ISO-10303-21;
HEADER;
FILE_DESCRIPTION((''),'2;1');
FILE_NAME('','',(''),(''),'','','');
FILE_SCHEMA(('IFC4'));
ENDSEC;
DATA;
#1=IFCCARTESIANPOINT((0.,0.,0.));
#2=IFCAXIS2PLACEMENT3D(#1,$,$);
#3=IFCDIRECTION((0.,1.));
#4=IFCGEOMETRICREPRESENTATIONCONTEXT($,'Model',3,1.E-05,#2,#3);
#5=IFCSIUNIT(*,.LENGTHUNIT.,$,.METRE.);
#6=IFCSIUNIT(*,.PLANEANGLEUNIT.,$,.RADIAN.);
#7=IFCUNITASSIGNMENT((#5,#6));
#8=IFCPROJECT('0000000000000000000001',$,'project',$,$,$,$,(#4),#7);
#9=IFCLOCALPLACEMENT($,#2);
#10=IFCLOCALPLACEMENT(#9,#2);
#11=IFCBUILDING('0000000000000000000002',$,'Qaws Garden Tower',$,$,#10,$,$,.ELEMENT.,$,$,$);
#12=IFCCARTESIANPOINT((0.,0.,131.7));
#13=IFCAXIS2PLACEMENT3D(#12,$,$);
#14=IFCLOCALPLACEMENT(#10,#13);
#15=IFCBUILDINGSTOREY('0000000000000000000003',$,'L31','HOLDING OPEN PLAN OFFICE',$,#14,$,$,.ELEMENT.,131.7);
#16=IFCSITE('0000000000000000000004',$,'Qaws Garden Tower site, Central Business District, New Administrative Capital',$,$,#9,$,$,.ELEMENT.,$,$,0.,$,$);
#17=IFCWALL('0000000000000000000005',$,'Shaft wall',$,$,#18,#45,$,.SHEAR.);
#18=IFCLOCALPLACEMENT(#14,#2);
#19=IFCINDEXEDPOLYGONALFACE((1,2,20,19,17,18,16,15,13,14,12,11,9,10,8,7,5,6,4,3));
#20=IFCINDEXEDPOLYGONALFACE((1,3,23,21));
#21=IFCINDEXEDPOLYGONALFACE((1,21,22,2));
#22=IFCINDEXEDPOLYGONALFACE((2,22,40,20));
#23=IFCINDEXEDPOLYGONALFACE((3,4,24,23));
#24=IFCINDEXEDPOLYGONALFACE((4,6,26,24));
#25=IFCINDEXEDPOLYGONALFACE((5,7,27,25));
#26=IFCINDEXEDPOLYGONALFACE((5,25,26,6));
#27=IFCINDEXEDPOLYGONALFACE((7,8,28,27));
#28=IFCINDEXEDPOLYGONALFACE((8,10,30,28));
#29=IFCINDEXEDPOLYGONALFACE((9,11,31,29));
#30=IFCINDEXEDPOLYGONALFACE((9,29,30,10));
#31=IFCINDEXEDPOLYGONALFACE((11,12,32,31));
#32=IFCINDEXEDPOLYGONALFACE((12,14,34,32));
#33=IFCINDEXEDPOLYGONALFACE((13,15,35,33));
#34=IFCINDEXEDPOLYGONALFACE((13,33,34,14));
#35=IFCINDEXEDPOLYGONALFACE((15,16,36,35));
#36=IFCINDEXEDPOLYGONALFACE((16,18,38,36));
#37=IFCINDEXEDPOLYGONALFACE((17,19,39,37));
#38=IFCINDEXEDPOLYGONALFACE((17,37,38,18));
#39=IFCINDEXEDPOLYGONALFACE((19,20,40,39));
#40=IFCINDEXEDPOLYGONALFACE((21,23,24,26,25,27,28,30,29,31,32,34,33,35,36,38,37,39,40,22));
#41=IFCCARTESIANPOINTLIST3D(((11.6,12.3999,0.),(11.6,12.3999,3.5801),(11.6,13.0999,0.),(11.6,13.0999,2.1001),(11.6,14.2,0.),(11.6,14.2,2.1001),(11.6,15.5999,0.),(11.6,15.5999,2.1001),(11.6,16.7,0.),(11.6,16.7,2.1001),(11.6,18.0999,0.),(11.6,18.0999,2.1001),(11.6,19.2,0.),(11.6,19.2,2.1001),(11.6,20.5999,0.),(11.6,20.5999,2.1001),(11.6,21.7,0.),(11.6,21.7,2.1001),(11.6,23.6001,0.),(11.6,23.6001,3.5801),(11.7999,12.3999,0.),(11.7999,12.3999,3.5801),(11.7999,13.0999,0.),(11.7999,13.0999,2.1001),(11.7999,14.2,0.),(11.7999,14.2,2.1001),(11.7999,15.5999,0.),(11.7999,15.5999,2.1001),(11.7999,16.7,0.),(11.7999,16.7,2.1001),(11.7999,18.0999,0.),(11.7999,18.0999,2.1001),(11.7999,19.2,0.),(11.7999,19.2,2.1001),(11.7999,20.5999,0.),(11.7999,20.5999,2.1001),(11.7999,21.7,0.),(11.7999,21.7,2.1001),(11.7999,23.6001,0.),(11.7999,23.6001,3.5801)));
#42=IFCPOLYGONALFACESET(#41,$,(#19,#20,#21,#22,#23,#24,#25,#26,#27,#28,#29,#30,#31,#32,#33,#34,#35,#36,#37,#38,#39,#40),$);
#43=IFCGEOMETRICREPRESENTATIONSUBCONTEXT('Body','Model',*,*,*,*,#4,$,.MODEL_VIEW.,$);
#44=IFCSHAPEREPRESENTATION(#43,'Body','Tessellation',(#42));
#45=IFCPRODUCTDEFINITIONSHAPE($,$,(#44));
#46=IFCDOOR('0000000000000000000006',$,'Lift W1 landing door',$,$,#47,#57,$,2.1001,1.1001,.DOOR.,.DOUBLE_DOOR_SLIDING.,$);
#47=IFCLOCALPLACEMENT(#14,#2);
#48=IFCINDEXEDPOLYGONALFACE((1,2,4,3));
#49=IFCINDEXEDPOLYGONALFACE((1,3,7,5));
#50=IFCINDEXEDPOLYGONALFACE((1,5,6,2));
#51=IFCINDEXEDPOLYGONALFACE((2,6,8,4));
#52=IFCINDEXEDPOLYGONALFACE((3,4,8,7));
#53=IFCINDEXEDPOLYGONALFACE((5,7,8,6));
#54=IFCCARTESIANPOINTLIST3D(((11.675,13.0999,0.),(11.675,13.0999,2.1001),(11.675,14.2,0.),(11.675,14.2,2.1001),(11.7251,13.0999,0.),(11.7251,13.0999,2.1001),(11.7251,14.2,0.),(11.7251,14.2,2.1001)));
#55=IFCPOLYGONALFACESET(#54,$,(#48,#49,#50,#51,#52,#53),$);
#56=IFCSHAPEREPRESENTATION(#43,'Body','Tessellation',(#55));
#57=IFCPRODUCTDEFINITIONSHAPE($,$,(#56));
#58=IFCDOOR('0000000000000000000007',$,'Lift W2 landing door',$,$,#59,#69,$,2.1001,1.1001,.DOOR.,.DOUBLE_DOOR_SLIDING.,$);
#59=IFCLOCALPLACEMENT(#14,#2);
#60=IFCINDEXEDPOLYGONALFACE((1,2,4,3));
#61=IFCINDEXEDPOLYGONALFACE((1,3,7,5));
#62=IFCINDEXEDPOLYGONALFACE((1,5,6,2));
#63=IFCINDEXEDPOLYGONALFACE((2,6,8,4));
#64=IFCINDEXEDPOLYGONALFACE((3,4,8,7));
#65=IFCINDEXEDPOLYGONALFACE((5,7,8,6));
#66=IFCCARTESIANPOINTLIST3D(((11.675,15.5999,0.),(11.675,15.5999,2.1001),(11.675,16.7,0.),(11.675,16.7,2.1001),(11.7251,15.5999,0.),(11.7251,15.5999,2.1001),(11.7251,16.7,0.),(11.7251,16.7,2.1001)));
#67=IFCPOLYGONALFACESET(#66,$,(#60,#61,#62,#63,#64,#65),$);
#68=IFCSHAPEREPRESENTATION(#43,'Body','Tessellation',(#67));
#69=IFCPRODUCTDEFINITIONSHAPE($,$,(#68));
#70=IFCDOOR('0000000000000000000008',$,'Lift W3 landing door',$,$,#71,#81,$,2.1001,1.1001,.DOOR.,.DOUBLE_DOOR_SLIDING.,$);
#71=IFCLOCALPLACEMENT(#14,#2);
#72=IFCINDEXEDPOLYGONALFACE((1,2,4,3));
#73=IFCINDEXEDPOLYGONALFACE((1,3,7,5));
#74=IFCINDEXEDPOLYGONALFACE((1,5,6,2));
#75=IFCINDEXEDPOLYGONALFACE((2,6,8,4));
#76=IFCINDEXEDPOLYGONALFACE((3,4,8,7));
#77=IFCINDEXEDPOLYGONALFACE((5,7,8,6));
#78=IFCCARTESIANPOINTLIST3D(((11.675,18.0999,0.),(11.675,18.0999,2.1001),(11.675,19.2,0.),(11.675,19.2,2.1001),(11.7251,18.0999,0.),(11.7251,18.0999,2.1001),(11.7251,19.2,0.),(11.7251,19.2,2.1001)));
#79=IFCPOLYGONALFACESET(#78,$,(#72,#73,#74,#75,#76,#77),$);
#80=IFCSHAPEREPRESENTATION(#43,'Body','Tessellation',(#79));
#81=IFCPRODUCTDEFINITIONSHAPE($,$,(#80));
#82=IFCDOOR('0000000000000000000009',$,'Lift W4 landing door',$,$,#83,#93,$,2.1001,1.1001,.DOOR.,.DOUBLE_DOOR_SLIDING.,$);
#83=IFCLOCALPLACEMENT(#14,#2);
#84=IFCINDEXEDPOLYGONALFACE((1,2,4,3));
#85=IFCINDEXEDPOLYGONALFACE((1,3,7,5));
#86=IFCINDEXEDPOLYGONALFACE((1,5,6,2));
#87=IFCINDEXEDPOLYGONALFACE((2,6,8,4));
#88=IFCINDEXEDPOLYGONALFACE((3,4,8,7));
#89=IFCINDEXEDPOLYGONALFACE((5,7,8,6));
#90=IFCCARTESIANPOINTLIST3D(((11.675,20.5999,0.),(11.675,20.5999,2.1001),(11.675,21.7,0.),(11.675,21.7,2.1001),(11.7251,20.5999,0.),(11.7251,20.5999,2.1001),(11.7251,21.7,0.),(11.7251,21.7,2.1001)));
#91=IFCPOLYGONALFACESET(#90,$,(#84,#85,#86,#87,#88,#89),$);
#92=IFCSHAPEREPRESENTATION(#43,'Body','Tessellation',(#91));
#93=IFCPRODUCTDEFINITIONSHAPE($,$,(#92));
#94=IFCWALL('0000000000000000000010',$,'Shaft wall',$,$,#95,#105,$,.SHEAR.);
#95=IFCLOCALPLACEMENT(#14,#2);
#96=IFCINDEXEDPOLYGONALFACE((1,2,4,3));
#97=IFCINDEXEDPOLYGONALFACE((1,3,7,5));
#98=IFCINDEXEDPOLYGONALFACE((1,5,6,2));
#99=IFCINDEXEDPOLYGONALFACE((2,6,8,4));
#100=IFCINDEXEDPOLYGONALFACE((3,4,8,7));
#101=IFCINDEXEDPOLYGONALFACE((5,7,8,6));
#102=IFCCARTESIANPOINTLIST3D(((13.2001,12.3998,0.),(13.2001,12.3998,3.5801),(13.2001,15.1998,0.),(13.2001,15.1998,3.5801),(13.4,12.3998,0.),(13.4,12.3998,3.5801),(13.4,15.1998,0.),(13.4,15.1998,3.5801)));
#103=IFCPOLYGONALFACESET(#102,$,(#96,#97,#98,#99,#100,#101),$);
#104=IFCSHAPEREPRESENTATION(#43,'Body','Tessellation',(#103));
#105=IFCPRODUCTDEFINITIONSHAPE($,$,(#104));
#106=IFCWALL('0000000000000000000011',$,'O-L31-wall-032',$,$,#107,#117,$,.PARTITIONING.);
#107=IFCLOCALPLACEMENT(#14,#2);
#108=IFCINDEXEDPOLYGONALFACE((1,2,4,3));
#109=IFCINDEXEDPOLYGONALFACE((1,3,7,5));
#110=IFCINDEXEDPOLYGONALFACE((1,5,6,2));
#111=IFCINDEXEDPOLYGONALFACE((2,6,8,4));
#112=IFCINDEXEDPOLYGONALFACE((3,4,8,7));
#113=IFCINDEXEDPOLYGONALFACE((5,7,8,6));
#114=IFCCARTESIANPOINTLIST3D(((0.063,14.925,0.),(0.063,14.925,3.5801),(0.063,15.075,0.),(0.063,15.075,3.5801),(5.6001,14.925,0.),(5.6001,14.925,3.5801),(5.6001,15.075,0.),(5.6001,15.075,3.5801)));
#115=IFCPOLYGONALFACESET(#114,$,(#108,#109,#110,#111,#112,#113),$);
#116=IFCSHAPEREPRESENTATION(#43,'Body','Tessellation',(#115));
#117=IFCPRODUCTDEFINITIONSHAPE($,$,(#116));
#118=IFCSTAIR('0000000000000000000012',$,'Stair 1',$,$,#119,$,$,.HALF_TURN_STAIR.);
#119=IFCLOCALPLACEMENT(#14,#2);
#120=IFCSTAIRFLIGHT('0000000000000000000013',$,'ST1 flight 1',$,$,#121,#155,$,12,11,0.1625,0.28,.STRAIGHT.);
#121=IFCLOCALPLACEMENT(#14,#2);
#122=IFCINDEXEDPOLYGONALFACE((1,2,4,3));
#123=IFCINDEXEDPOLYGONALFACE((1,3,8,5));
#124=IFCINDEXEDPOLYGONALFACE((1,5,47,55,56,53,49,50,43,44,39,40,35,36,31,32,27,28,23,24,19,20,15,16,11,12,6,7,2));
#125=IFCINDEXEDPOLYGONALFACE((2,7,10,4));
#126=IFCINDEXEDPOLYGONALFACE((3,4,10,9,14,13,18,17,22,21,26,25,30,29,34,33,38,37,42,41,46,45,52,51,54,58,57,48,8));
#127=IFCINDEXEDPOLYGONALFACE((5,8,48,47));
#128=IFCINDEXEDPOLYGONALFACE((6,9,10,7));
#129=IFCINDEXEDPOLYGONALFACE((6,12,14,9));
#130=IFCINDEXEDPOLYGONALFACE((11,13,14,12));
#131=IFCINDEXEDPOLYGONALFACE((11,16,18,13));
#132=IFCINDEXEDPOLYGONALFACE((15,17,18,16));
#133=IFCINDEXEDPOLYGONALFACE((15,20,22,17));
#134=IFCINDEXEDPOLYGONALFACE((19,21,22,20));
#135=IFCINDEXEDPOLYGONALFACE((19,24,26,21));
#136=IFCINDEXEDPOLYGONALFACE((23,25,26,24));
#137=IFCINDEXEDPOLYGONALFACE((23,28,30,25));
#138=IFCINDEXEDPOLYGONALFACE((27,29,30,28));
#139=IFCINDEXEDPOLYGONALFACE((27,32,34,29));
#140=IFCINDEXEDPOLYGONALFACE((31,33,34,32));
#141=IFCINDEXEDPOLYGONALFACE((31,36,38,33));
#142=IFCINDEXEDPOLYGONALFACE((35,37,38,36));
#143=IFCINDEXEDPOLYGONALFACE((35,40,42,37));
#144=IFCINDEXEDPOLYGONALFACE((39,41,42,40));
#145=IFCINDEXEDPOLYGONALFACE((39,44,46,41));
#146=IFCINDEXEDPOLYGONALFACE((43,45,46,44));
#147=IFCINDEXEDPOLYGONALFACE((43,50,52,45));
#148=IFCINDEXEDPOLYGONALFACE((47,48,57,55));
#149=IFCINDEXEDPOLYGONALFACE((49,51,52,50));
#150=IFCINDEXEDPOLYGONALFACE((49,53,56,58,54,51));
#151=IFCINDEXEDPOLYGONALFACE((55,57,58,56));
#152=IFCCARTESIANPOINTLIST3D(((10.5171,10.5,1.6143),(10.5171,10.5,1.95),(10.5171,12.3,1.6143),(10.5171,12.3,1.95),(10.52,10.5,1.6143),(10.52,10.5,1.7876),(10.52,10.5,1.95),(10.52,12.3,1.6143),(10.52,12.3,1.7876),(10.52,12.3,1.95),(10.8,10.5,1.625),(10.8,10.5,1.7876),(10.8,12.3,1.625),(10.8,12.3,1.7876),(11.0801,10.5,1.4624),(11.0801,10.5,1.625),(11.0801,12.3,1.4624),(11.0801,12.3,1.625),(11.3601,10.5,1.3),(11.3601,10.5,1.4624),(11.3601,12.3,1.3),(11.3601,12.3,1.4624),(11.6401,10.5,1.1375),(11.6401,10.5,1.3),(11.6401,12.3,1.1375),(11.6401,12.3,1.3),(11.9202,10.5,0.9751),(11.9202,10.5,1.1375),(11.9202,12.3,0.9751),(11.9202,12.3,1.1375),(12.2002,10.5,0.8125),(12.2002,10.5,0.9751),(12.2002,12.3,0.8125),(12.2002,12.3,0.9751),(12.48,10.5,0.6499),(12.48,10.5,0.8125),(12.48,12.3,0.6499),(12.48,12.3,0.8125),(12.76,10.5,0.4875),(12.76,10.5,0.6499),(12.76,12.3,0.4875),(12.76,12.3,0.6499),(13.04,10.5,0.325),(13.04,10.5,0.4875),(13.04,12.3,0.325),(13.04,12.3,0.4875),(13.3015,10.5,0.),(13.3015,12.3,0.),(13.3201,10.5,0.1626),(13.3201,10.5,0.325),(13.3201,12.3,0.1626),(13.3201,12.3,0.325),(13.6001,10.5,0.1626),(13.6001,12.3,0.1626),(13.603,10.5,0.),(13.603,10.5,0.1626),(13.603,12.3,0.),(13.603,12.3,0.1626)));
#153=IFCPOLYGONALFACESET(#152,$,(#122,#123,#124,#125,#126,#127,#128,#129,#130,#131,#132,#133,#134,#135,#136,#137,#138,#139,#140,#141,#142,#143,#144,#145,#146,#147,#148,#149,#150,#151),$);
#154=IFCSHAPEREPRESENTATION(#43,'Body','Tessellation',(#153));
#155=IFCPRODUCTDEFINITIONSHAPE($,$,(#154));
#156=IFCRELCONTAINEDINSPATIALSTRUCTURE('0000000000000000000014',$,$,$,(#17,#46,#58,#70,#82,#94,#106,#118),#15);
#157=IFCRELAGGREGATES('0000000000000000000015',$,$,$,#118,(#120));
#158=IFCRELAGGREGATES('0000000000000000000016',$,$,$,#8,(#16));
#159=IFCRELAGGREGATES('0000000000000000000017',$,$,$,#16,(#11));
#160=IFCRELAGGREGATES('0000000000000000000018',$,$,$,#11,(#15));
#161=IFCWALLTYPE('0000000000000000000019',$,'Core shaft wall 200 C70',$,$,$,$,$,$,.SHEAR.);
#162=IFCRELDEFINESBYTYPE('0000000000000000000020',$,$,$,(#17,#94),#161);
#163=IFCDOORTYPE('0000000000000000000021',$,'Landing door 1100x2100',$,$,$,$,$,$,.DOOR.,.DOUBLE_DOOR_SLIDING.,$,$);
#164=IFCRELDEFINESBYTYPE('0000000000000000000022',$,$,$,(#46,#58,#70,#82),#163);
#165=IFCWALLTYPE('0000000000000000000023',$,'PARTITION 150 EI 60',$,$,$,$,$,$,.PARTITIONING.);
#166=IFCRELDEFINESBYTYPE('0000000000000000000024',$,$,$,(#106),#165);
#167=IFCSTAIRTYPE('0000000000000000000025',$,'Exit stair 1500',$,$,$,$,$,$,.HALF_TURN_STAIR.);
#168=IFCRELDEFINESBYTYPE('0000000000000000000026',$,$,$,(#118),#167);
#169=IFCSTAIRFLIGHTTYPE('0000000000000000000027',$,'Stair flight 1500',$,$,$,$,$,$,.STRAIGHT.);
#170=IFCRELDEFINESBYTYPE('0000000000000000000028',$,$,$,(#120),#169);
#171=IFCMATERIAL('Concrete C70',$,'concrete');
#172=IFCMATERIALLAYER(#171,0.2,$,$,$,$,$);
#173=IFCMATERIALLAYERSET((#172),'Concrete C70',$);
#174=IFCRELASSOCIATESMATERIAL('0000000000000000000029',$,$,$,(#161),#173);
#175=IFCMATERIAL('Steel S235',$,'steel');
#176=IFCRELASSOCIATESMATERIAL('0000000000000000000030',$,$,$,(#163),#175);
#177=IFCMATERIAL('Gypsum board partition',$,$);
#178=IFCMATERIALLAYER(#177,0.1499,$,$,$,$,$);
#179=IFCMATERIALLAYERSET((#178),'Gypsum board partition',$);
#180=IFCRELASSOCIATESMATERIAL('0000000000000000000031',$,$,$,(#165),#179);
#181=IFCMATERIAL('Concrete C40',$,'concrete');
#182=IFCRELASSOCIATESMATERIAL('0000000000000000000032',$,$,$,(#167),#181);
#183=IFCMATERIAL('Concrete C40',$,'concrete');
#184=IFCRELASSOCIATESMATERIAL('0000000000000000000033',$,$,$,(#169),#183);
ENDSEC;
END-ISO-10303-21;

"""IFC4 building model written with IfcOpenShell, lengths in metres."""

from ifc_helpers import new_model, si_unit, direction, frame, frame_2d, origin, place, context, subcontext, project, spatial, polyline, rectangle, outline, extrude, material, layer, layer_set, type_object, element, fill, aggregate, save


model = new_model("IFC4")

# Units and contexts
model_context = context("Model", 3, precision=1e-05, world=origin(), true_north=direction((0.0, 1.0)))
body_context = subcontext(model_context, "Body", "Model", "MODEL_VIEW")
ifc_project = project(units=[si_unit("LENGTHUNIT", "METRE"), si_unit("PLANEANGLEUNIT", "RADIAN")], contexts=[model_context])

# Site, building, storey
site_placement = place(None, origin())
site = spatial("IfcSite", under=ifc_project, at=site_placement, Name="Qaws Garden Tower site, Central Business District, New Administrative Capital", CompositionType="ELEMENT", RefElevation=0.0)
building_placement = place(site_placement, origin())
building = spatial("IfcBuilding", under=site, at=building_placement, Name="Qaws Garden Tower", CompositionType="ELEMENT")
storey_placement = place(building_placement, frame((0.0, 0.0, 131.7)))
storey = spatial("IfcBuildingStorey", under=building, at=storey_placement, Name="L31", Description="HOLDING OPEN PLAN OFFICE", CompositionType="ELEMENT", Elevation=131.7)

# Shared definitions
ifc_material_1 = material(Name="Concrete C70", Category="concrete")
ifc_layer_1 = layer(ifc_material_1, 0.2)
ifc_layer_set_1 = layer_set([ifc_layer_1], Name="Concrete C70")
wall_type_1 = type_object("IfcWallType", Name="Core shaft wall 200 C70", PredefinedType="SHEAR", material=ifc_layer_set_1)

# Wall, openings, doors
wall_1_placement = place(storey_placement, frame((11.7, 12.3999, 0.0), z_axis=(0.0, 0.0, 1.0), x_axis=(0.0, 1.0, 0.0)))
wall_1 = element("IfcWall", 1, at=wall_1_placement, inside=storey, type_object=wall_type_1, Name="Shaft wall", PredefinedType="SHEAR", context=body_context, shape_type="SweptSolid", body=[
    extrude(rectangle(XDim=11.2002, YDim=0.2, at=frame_2d((5.6001, 0.0))), origin(), (0.0, 0.0, 1.0), 3.5801),
])
opening_1_placement = place(wall_1_placement, frame((0.7, 0.0, 0.0)))
opening_1 = element("IfcOpeningElement", 2, at=opening_1_placement, cuts=wall_1, PredefinedType="OPENING", context=body_context, shape_type="SweptSolid", body=[
    extrude(rectangle(XDim=1.1001, YDim=2.1001, at=frame_2d((0.55, 1.05))), frame((0.0, 0.1099, 0.0), z_axis=(0.0, -1.0, 0.0), x_axis=(1.0, 0.0, 0.0)), (0.0, 0.0, 1.0), 0.22),
])
opening_2_placement = place(wall_1_placement, frame((3.2, 0.0, 0.0)))
opening_2 = element("IfcOpeningElement", 3, at=opening_2_placement, cuts=wall_1, PredefinedType="OPENING", context=body_context, shape_type="SweptSolid", body=[
    extrude(rectangle(XDim=1.1001, YDim=2.1001, at=frame_2d((0.55, 1.05))), frame((0.0, 0.1099, 0.0), z_axis=(0.0, -1.0, 0.0), x_axis=(1.0, 0.0, 0.0)), (0.0, 0.0, 1.0), 0.22),
])
opening_3_placement = place(wall_1_placement, frame((5.7, 0.0, 0.0)))
opening_3 = element("IfcOpeningElement", 4, at=opening_3_placement, cuts=wall_1, PredefinedType="OPENING", context=body_context, shape_type="SweptSolid", body=[
    extrude(rectangle(XDim=1.1001, YDim=2.1001, at=frame_2d((0.55, 1.05))), frame((0.0, 0.1099, 0.0), z_axis=(0.0, -1.0, 0.0), x_axis=(1.0, 0.0, 0.0)), (0.0, 0.0, 1.0), 0.22),
])
opening_4_placement = place(wall_1_placement, frame((8.2, 0.0, 0.0)))
opening_4 = element("IfcOpeningElement", 5, at=opening_4_placement, cuts=wall_1, PredefinedType="OPENING", context=body_context, shape_type="SweptSolid", body=[
    extrude(rectangle(XDim=1.1001, YDim=2.1001, at=frame_2d((0.55, 1.05))), frame((0.0, 0.1099, 0.0), z_axis=(0.0, -1.0, 0.0), x_axis=(1.0, 0.0, 0.0)), (0.0, 0.0, 1.0), 0.22),
])
ifc_material_2 = material(Name="Steel S235", Category="steel")
door_type = type_object("IfcDoorType", Name="Landing door 1100x2100", OperationType="DOUBLE_DOOR_SLIDING", PredefinedType="DOOR", material=ifc_material_2)
door_1_placement = place(opening_1_placement, origin())
door_1 = element("IfcDoor", 6, at=door_1_placement, inside=storey, type_object=door_type, Name="Lift W1 landing door", OperationType="DOUBLE_DOOR_SLIDING", OverallHeight=2.1001, OverallWidth=1.1001, PredefinedType="DOOR", context=body_context, shape_type="SweptSolid", body=[
    extrude(rectangle(XDim=1.1001, YDim=2.1001, at=frame_2d((0.55, 1.05))), frame((0.0, 0.0249, 0.0), z_axis=(0.0, -1.0, 0.0), x_axis=(1.0, 0.0, 0.0)), (0.0, 0.0, 1.0), 0.05),
])
fill(opening_1, door_1)
door_2_placement = place(opening_2_placement, origin())
door_2 = element("IfcDoor", 7, at=door_2_placement, inside=storey, type_object=door_type, Name="Lift W2 landing door", OperationType="DOUBLE_DOOR_SLIDING", OverallHeight=2.1001, OverallWidth=1.1001, PredefinedType="DOOR", context=body_context, shape_type="SweptSolid", body=[
    extrude(rectangle(XDim=1.1001, YDim=2.1001, at=frame_2d((0.55, 1.05))), frame((0.0, 0.0249, 0.0), z_axis=(0.0, -1.0, 0.0), x_axis=(1.0, 0.0, 0.0)), (0.0, 0.0, 1.0), 0.05),
])
fill(opening_2, door_2)
door_3_placement = place(opening_3_placement, origin())
door_3 = element("IfcDoor", 8, at=door_3_placement, inside=storey, type_object=door_type, Name="Lift W3 landing door", OperationType="DOUBLE_DOOR_SLIDING", OverallHeight=2.1001, OverallWidth=1.1001, PredefinedType="DOOR", context=body_context, shape_type="SweptSolid", body=[
    extrude(rectangle(XDim=1.1001, YDim=2.1001, at=frame_2d((0.55, 1.05))), frame((0.0, 0.0249, 0.0), z_axis=(0.0, -1.0, 0.0), x_axis=(1.0, 0.0, 0.0)), (0.0, 0.0, 1.0), 0.05),
])
fill(opening_3, door_3)
door_4_placement = place(opening_4_placement, origin())
door_4 = element("IfcDoor", 9, at=door_4_placement, inside=storey, type_object=door_type, Name="Lift W4 landing door", OperationType="DOUBLE_DOOR_SLIDING", OverallHeight=2.1001, OverallWidth=1.1001, PredefinedType="DOOR", context=body_context, shape_type="SweptSolid", body=[
    extrude(rectangle(XDim=1.1001, YDim=2.1001, at=frame_2d((0.55, 1.05))), frame((0.0, 0.0249, 0.0), z_axis=(0.0, -1.0, 0.0), x_axis=(1.0, 0.0, 0.0)), (0.0, 0.0, 1.0), 0.05),
])
fill(opening_4, door_4)

# Walls
wall_2_placement = place(storey_placement, frame((13.3, 12.3999, 0.0), z_axis=(0.0, 0.0, 1.0), x_axis=(0.0, 1.0, 0.0)))
element("IfcWall", 10, at=wall_2_placement, inside=storey, type_object=wall_type_1, Name="Shaft wall", PredefinedType="SHEAR", context=body_context, shape_type="SweptSolid", body=[
    extrude(rectangle(XDim=2.8, YDim=0.2, at=frame_2d((1.3999, 0.0))), origin(), (0.0, 0.0, 1.0), 3.5801),
])
ifc_material_3 = material(Name="Gypsum board partition")
ifc_layer_2 = layer(ifc_material_3, 0.1499)
ifc_layer_set_2 = layer_set([ifc_layer_2], Name="Gypsum board partition")
wall_type_2 = type_object("IfcWallType", Name="PARTITION 150 EI 60", PredefinedType="PARTITIONING", material=ifc_layer_set_2)
wall_3_placement = place(storey_placement, frame((0.063, 15.0, 0.0), z_axis=(0.0, 0.0, 1.0), x_axis=(1.0, 0.0, 0.0)))
element("IfcWall", 11, at=wall_3_placement, inside=storey, type_object=wall_type_2, Name="O-L31-wall-032", PredefinedType="PARTITIONING", context=body_context, shape_type="SweptSolid", body=[
    extrude(rectangle(XDim=5.5371, YDim=0.1499, at=frame_2d((2.7686, 0.0))), origin(), (0.0, 0.0, 1.0), 3.5801),
])

# Stair, stair flight
ifc_material_4 = material(Name="Concrete C40", Category="concrete")
stair_type = type_object("IfcStairType", Name="Exit stair 1500", PredefinedType="HALF_TURN_STAIR", material=ifc_material_4)
stair_placement = place(storey_placement, origin())
stair = element("IfcStair", 12, at=stair_placement, inside=storey, type_object=stair_type, Name="Stair 1", PredefinedType="HALF_TURN_STAIR")
ifc_material_5 = material(Name="Concrete C40", Category="concrete")
stair_flight_type = type_object("IfcStairFlightType", Name="Stair flight 1500", PredefinedType="STRAIGHT", material=ifc_material_5)
stair_flight_1_placement = place(storey_placement, frame((13.6001, 11.3999, 0.0), z_axis=(0.0, 0.0, 1.0), x_axis=(-1.0, 0.0, 0.0)))
stair_flight_1 = element("IfcStairFlight", 13, at=stair_flight_1_placement, type_object=stair_flight_type, Name="ST1 flight 1", NumberOfRisers=12, NumberOfTreads=11, PredefinedType="STRAIGHT", RiserHeight=0.1625, TreadLength=0.28, context=body_context, shape_type="SweptSolid", body=[
    extrude(outline(polyline([(-0.0029, 0.0), (-0.0029, 0.1626), (0.0, 0.1626), (0.28, 0.1626), (0.28, 0.325), (0.5601, 0.325), (0.5601, 0.4875), (0.8401, 0.4875), (0.8401, 0.6499), (1.1201, 0.6499), (1.1201, 0.8125), (1.3999, 0.8125), (1.3999, 0.9751), (1.6799, 0.9751), (1.6799, 1.1375), (1.96, 1.1375), (1.96, 1.3), (2.24, 1.3), (2.24, 1.4624), (2.52, 1.4624), (2.52, 1.625), (2.8, 1.625), (2.8, 1.7876), (3.0801, 1.7876), (3.0801, 1.95), (3.083, 1.95), (3.083, 1.6143), (3.0801, 1.6143), (0.2986, 0.0), (-0.0029, 0.0)])), frame((0.0, 0.8999, 0.0), z_axis=(0.0, -1.0, 0.0), x_axis=(1.0, 0.0, 0.0)), (0.0, 0.0, 1.0), 1.8),
])
aggregate(stair, [stair_flight_1])

save(model, "model.ifc")
